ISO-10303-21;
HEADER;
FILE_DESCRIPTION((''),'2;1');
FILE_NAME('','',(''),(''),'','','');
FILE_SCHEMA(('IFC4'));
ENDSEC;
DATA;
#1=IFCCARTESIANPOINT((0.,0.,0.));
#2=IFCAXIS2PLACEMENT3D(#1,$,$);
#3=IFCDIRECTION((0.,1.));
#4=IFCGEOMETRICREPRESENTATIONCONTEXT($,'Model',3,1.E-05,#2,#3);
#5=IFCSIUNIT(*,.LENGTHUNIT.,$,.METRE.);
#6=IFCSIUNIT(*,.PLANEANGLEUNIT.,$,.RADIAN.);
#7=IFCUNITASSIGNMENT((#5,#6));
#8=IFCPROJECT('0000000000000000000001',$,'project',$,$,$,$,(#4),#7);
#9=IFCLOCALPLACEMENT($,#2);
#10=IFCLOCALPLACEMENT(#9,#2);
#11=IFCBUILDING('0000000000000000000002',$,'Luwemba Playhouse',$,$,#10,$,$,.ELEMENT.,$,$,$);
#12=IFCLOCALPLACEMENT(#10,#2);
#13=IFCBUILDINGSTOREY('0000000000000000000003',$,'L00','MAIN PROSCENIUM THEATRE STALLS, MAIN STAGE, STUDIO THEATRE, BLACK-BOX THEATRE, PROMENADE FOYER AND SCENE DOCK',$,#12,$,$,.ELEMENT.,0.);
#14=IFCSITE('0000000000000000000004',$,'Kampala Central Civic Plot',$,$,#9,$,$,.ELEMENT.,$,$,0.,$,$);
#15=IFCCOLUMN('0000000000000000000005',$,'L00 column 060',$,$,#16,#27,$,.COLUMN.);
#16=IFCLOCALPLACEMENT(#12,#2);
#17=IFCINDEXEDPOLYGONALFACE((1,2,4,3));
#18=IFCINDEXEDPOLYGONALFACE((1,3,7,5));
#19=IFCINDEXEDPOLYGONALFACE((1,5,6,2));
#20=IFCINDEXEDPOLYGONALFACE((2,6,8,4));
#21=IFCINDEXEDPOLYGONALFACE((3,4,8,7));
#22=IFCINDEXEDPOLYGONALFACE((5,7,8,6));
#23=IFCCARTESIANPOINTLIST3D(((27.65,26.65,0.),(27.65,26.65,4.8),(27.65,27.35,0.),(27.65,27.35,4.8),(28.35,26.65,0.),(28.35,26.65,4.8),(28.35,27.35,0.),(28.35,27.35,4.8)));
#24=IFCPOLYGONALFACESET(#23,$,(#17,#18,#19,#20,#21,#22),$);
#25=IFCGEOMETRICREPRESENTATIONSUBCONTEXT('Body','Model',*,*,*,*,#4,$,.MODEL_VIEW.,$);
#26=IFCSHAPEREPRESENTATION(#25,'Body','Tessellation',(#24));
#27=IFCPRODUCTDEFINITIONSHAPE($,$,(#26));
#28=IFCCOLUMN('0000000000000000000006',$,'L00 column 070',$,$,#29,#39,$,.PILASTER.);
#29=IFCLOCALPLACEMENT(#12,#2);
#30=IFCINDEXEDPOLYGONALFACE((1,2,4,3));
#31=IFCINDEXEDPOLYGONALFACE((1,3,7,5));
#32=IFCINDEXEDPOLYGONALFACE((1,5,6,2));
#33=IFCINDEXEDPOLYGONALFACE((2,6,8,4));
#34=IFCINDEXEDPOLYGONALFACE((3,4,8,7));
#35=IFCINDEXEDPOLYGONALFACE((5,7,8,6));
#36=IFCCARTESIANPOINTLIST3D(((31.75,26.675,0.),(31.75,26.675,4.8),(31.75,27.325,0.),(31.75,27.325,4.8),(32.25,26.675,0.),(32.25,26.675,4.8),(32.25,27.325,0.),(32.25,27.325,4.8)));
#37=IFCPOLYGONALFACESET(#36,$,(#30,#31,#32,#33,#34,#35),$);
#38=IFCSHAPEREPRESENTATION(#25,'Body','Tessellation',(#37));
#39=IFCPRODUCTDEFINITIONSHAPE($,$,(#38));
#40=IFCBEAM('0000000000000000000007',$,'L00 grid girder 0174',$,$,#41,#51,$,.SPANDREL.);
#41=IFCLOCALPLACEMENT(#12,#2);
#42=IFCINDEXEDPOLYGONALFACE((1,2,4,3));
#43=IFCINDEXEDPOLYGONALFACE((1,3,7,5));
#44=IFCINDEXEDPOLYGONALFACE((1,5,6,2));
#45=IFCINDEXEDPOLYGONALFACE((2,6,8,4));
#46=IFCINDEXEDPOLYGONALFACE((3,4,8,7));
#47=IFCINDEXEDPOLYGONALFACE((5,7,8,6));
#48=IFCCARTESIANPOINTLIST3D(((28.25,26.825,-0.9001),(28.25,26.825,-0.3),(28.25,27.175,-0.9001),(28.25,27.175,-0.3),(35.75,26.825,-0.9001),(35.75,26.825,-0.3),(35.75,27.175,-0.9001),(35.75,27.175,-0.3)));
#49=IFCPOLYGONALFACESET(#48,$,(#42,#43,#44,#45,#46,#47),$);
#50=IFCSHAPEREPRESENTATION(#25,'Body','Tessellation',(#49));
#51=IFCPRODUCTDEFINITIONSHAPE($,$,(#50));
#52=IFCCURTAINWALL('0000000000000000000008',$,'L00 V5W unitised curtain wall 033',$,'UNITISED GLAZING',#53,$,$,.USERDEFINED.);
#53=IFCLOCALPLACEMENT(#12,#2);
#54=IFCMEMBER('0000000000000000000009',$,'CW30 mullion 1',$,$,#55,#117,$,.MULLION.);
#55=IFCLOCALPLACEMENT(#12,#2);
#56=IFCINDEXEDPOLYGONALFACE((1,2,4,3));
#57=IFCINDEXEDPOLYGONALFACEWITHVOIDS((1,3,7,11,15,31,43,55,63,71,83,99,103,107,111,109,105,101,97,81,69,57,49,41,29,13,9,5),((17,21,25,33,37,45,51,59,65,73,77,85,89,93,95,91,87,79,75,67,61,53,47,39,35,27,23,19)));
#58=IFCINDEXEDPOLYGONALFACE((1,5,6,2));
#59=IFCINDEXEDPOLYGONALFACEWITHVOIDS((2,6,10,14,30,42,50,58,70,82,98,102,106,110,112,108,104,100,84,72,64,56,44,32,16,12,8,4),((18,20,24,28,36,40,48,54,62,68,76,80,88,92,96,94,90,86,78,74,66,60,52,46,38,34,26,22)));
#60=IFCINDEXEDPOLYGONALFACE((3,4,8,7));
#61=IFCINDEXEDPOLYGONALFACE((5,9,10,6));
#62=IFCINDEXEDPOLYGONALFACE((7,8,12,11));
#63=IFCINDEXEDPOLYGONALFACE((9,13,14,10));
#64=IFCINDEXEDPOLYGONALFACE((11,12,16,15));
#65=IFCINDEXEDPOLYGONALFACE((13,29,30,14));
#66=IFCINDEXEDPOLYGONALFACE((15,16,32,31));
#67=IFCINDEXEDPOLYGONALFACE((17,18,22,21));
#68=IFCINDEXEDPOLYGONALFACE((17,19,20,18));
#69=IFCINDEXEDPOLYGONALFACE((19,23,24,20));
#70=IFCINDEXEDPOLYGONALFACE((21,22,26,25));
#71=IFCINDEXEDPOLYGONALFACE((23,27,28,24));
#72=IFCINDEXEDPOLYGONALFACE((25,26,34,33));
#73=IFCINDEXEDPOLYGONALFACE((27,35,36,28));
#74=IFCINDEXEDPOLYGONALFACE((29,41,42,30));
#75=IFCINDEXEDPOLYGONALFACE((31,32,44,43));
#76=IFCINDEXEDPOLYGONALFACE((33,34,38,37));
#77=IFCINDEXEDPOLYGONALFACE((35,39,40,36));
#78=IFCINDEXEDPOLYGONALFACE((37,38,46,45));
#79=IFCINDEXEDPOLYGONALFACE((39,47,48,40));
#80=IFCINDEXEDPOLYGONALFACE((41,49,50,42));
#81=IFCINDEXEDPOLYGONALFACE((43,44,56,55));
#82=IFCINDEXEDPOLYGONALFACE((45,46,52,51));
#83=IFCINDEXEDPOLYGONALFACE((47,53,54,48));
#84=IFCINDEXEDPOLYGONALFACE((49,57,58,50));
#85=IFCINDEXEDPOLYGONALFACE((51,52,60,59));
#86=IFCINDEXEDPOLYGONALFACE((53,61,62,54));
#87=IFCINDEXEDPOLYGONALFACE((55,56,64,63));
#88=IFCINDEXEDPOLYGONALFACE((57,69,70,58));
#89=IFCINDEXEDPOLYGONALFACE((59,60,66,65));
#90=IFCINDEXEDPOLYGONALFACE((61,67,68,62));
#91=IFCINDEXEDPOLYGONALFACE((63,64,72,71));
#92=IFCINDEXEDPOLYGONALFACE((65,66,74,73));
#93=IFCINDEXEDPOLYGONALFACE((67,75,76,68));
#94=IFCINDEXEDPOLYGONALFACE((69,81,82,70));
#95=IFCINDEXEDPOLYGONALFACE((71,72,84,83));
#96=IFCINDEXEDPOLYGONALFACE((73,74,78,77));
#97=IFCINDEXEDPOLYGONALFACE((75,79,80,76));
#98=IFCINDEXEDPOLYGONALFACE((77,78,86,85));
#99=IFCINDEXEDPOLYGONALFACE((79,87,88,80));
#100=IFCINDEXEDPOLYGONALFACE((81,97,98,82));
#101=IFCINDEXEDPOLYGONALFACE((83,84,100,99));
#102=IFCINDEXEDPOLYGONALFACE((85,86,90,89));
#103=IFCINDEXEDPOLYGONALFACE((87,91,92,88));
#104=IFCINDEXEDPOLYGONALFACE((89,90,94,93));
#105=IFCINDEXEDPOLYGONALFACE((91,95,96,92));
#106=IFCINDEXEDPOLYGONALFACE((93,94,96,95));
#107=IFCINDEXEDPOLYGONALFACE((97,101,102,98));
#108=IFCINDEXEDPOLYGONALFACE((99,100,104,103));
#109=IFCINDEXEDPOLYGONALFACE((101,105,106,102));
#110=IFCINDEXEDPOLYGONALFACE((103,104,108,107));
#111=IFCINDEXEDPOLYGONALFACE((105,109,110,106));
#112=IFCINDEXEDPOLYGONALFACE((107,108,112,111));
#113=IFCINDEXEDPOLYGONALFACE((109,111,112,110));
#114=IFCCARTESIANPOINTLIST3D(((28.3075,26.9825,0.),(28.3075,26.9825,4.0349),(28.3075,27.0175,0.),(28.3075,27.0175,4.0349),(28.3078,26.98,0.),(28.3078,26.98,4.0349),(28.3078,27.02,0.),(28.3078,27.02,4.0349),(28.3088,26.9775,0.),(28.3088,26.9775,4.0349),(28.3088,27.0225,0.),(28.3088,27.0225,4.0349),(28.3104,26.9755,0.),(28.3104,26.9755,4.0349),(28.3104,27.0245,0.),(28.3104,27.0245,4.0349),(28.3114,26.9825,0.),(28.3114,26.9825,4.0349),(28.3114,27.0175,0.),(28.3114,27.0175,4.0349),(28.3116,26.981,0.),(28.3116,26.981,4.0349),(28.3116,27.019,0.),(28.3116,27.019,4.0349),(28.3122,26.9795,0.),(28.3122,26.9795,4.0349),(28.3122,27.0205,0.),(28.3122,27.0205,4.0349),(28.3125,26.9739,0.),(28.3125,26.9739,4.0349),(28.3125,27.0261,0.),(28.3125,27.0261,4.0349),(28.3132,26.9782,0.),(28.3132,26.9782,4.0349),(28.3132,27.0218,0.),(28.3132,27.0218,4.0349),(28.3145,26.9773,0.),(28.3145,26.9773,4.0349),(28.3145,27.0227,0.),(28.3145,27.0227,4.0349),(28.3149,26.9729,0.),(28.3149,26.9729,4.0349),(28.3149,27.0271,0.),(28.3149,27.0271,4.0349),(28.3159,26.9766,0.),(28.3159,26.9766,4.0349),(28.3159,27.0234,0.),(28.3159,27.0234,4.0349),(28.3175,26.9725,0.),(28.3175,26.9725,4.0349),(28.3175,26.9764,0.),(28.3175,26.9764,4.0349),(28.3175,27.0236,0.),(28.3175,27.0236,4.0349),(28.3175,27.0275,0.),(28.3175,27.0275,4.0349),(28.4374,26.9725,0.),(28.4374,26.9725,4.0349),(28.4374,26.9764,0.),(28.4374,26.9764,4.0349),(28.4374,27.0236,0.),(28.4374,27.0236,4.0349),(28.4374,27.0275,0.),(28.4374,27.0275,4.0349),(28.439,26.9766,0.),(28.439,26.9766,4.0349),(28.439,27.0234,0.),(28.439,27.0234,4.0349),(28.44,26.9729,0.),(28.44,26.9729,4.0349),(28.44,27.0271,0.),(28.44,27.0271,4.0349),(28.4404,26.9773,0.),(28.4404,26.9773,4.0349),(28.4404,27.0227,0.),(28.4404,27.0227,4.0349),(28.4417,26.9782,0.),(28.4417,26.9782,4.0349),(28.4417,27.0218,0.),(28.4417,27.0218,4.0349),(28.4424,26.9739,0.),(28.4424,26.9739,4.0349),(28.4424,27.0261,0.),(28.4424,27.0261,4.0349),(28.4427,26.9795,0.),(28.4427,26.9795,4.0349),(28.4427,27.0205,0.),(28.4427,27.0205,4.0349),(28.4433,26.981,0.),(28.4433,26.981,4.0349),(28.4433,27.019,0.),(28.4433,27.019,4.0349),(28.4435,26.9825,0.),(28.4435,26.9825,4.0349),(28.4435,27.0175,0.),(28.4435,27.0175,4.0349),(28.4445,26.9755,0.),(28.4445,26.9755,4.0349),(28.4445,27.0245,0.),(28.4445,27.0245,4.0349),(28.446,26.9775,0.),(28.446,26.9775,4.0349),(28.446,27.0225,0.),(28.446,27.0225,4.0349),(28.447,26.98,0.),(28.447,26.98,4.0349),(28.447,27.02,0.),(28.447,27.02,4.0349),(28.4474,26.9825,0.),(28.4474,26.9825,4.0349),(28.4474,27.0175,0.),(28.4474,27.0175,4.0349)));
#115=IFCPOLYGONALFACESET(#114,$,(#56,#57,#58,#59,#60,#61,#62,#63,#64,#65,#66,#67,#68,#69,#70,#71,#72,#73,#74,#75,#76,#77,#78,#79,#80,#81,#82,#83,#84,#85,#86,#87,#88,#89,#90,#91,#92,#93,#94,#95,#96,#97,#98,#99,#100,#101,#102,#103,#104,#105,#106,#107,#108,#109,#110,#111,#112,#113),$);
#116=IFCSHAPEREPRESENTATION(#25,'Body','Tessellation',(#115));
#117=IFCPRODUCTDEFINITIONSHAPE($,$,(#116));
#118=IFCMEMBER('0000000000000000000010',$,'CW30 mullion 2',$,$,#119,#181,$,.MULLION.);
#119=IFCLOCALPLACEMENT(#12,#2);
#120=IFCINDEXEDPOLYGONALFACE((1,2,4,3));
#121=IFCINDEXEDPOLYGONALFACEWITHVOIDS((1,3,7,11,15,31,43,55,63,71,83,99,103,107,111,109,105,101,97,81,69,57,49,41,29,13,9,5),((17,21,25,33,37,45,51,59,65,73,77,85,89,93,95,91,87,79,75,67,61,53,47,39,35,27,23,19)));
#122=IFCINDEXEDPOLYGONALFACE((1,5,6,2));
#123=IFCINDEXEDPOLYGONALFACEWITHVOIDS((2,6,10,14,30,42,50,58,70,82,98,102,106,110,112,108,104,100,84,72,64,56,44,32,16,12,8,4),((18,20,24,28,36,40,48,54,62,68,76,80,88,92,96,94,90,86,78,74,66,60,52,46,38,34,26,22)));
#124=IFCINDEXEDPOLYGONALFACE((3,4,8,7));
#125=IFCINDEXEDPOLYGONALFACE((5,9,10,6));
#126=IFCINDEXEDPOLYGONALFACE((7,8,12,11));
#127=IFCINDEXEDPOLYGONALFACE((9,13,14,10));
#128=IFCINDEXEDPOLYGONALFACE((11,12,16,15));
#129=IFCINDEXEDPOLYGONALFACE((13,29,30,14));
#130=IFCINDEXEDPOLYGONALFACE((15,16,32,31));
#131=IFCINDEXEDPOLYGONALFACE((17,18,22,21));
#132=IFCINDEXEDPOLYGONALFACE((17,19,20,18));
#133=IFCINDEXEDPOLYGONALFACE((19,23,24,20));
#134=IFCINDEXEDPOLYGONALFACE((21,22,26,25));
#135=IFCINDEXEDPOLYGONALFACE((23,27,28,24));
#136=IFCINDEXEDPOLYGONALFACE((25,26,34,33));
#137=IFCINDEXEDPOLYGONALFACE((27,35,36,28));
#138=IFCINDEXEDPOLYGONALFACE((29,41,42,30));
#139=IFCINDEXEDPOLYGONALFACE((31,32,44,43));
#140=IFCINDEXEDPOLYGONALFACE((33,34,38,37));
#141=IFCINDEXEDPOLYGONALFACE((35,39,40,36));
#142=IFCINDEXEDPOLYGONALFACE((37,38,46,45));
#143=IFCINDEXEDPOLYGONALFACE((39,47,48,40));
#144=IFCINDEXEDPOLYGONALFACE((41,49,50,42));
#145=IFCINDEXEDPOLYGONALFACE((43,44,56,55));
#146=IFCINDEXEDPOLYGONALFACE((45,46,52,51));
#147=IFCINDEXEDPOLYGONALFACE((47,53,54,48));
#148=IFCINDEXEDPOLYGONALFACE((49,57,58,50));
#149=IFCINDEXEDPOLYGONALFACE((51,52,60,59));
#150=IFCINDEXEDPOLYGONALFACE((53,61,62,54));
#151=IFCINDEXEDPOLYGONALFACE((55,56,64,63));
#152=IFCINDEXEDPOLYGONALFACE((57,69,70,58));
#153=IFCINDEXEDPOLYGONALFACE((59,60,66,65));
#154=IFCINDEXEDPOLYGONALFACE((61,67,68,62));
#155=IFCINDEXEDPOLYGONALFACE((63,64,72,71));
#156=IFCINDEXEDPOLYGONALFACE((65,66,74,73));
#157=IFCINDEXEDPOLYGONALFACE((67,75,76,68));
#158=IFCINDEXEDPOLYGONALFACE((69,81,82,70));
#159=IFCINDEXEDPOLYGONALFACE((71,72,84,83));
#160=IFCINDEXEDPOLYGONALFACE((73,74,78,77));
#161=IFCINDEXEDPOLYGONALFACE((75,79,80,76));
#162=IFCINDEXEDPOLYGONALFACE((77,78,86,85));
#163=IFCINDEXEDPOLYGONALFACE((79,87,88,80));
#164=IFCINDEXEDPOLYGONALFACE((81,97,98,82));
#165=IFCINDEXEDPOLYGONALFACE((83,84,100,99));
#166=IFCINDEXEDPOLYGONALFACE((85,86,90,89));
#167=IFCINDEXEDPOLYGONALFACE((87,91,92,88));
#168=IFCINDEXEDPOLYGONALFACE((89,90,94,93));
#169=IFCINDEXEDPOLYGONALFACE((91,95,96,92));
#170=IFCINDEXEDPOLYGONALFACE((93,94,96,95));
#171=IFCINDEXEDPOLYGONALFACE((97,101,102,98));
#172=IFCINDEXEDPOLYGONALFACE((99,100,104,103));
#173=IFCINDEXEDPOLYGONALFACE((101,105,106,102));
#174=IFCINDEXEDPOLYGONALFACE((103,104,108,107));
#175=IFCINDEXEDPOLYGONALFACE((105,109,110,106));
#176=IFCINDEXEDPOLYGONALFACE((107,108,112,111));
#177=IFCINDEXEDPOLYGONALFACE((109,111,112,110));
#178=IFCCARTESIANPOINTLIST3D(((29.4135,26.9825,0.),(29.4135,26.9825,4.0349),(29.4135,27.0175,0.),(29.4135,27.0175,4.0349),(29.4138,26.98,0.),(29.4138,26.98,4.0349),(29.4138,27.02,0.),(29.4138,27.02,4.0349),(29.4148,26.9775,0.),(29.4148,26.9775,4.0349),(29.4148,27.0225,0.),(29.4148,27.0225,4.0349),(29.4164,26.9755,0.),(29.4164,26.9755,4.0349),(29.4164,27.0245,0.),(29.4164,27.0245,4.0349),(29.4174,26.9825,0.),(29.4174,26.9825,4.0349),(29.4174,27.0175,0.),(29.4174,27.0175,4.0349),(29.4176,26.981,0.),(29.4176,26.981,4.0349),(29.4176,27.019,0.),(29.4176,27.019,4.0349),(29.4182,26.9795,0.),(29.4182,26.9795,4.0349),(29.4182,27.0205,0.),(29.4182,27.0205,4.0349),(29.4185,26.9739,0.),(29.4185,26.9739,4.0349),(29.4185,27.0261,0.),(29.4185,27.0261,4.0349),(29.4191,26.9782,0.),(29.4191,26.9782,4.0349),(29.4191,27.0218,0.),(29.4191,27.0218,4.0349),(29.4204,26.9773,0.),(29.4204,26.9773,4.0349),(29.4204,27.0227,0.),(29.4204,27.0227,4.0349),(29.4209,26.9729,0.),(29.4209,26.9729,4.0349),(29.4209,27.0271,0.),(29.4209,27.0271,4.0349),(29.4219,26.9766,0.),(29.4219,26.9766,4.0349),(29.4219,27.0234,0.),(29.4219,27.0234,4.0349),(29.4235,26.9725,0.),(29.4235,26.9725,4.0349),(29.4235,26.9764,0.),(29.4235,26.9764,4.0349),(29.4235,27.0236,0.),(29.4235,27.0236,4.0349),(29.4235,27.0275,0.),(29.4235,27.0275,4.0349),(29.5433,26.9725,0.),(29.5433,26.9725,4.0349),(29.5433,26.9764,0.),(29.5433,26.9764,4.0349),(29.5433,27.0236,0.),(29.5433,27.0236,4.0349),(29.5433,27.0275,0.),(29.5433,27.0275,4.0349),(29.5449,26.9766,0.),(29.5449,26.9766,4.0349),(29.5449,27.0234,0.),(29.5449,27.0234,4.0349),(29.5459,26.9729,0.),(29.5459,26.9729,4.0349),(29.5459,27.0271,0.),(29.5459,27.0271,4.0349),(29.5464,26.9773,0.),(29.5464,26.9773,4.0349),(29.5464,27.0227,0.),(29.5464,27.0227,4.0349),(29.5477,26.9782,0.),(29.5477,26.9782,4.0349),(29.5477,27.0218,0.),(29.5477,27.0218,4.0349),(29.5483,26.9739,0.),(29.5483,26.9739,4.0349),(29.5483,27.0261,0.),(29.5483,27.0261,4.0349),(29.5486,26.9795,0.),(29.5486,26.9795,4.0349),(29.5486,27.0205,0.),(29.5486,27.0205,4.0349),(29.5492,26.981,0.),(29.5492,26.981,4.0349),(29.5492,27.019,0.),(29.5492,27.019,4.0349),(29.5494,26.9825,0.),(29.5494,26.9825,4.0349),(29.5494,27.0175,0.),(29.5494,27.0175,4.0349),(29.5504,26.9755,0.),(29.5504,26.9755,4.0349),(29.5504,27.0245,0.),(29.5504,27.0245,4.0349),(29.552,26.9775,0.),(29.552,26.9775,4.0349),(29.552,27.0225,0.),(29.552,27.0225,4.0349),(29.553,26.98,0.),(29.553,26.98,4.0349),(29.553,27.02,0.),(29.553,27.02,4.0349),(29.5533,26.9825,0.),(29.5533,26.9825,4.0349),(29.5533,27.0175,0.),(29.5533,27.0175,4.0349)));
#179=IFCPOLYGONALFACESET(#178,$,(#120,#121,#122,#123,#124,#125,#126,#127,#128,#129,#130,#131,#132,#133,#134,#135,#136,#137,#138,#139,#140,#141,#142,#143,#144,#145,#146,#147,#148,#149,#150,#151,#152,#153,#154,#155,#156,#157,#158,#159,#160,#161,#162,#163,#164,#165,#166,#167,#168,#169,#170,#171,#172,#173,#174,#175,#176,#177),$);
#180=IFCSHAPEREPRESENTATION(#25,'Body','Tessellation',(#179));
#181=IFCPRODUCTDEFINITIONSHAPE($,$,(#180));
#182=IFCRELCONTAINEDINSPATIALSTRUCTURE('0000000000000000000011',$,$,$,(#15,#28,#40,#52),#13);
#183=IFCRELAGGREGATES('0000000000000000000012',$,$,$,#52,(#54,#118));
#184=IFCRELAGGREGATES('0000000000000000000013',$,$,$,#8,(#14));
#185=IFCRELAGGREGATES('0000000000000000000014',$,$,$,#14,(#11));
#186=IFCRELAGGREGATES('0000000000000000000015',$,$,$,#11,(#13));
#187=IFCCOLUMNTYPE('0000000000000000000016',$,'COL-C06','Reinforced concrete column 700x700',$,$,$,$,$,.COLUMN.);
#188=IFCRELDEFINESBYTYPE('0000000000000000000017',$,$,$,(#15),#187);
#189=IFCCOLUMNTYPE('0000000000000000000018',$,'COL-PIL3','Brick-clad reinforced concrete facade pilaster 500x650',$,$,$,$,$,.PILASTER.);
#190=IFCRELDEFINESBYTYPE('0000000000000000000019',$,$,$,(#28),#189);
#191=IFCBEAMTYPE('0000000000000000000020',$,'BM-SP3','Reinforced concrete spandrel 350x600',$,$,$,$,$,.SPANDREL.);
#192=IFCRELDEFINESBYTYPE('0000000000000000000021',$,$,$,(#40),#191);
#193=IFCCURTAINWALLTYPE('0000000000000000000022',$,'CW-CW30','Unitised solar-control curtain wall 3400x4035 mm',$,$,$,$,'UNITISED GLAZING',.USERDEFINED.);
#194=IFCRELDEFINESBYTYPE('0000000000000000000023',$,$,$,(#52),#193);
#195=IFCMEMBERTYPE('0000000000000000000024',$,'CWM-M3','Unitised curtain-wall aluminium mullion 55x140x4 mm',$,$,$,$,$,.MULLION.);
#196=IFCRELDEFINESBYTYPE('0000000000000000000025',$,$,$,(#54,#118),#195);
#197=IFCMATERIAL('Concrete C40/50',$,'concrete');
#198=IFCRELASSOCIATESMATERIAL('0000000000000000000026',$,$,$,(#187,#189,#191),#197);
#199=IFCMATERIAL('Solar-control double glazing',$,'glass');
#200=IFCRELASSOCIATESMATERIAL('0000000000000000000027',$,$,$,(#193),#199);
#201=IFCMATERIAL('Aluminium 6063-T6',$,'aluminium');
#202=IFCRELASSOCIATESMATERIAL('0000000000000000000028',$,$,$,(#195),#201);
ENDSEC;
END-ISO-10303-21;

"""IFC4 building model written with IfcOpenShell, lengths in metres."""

from ifc_helpers import new_model, si_unit, direction, frame, origin, origin_2d, place, context, subcontext, project, spatial, rectangle, hollow_rectangle, extrude, material, material_profile, profile_set, type_object, element, aggregate, save


model = new_model("IFC4")

# Units and contexts
model_context = context("Model", 3, precision=1e-05, world=origin(), true_north=direction((0.0, 1.0)))
body_context = subcontext(model_context, "Body", "Model", "MODEL_VIEW")
ifc_project = project(units=[si_unit("LENGTHUNIT", "METRE"), si_unit("PLANEANGLEUNIT", "RADIAN")], contexts=[model_context])

# Site, building, storey
site_placement = place(None, origin())
site = spatial("IfcSite", under=ifc_project, at=site_placement, Name="Kampala Central Civic Plot", CompositionType="ELEMENT", RefElevation=0.0)
building_placement = place(site_placement, origin())
building = spatial("IfcBuilding", under=site, at=building_placement, Name="Luwemba Playhouse", CompositionType="ELEMENT")
storey_placement = place(building_placement, origin())
storey = spatial("IfcBuildingStorey", under=building, at=storey_placement, Name="L00", Description="MAIN PROSCENIUM THEATRE STALLS, MAIN STAGE, STUDIO THEATRE, BLACK-BOX THEATRE, PROMENADE FOYER AND SCENE DOCK", CompositionType="ELEMENT", Elevation=0.0)

# Columns
ifc_material_1 = material(Name="Concrete C40/50", Category="concrete")
ifc_material_profile_1 = material_profile(ifc_material_1, rectangle(XDim=0.7, YDim=0.7, at=origin_2d()))
ifc_profile_set_1 = profile_set([ifc_material_profile_1], Name="Concrete C40/50")
column_type_1 = type_object("IfcColumnType", Name="COL-C06", Description="Reinforced concrete column 700x700", PredefinedType="COLUMN", material=ifc_profile_set_1)
column_1_placement = place(storey_placement, frame((28.0, 27.0, 0.0), z_axis=(0.0, 0.0, 1.0), x_axis=(1.0, 0.0, 0.0)))
element("IfcColumn", 1, at=column_1_placement, inside=storey, type_object=column_type_1, Name="L00 column 060", PredefinedType="COLUMN", context=body_context, shape_type="SweptSolid", body=[
    extrude(rectangle(XDim=0.7, YDim=0.7, at=origin_2d()), origin(), (0.0, 0.0, 1.0), 4.8),
])
ifc_material_profile_2 = material_profile(ifc_material_1, rectangle(XDim=0.5, YDim=0.6499, at=origin_2d()))
ifc_profile_set_2 = profile_set([ifc_material_profile_2], Name="Concrete C40/50")
column_type_2 = type_object("IfcColumnType", Name="COL-PIL3", Description="Brick-clad reinforced concrete facade pilaster 500x650", PredefinedType="PILASTER", material=ifc_profile_set_2)
column_2_placement = place(storey_placement, frame((32.0, 27.0, 0.0), z_axis=(0.0, 0.0, 1.0), x_axis=(1.0, 0.0, 0.0)))
element("IfcColumn", 2, at=column_2_placement, inside=storey, type_object=column_type_2, Name="L00 column 070", PredefinedType="PILASTER", context=body_context, shape_type="SweptSolid", body=[
    extrude(rectangle(XDim=0.5, YDim=0.6499, at=origin_2d()), origin(), (0.0, 0.0, 1.0), 4.8),
])

# Beam
ifc_material_profile_3 = material_profile(ifc_material_1, rectangle(XDim=0.3501, YDim=0.6001, at=origin_2d()))
ifc_profile_set_3 = profile_set([ifc_material_profile_3], Name="Concrete C40/50")
beam_type = type_object("IfcBeamType", Name="BM-SP3", Description="Reinforced concrete spandrel 350x600", PredefinedType="SPANDREL", material=ifc_profile_set_3)
beam_placement = place(storey_placement, frame((28.25, 27.0, -0.6001), z_axis=(1.0, 0.0, 0.0), x_axis=(0.0, 1.0, 0.0)))
element("IfcBeam", 3, at=beam_placement, inside=storey, type_object=beam_type, Name="L00 grid girder 0174", PredefinedType="SPANDREL", context=body_context, shape_type="SweptSolid", body=[
    extrude(rectangle(XDim=0.3501, YDim=0.6001, at=origin_2d()), origin(), (0.0, 0.0, 1.0), 7.5),
])

# Curtain wall, members
ifc_material_2 = material(Name="Solar-control double glazing", Category="glass")
curtain_wall_type = type_object("IfcCurtainWallType", Name="CW-CW30", Description="Unitised solar-control curtain wall 3400x4035 mm", ElementType="UNITISED GLAZING", PredefinedType="USERDEFINED", material=ifc_material_2)
curtain_wall_placement = place(storey_placement, origin())
curtain_wall = element("IfcCurtainWall", 4, at=curtain_wall_placement, inside=storey, type_object=curtain_wall_type, Name="L00 V5W unitised curtain wall 033", ObjectType="UNITISED GLAZING", PredefinedType="USERDEFINED")
ifc_material_3 = material(Name="Aluminium 6063-T6", Category="aluminium")
ifc_material_profile_4 = material_profile(ifc_material_3, hollow_rectangle(XDim=0.0549, YDim=0.1399, WallThickness=0.0039, InnerFilletRadius=0.0061, OuterFilletRadius=0.01, at=origin_2d()))
ifc_profile_set_4 = profile_set([ifc_material_profile_4], Name="Aluminium 6063-T6")
member_type_1 = type_object("IfcMemberType", Name="CWM-M3", Description="Unitised curtain-wall aluminium mullion 55x140x4 mm", PredefinedType="MULLION", material=ifc_profile_set_4)
member_1_placement = place(storey_placement, frame((28.3774, 27.0, 0.0), z_axis=(0.0, 0.0, 1.0), x_axis=(0.0, 1.0, 0.0)))
member_1 = element("IfcMember", 5, at=member_1_placement, type_object=member_type_1, Name="CW30 mullion 1", PredefinedType="MULLION", context=body_context, shape_type="SweptSolid", body=[
    extrude(hollow_rectangle(XDim=0.0549, YDim=0.1399, WallThickness=0.0039, InnerFilletRadius=0.0061, OuterFilletRadius=0.01, at=origin_2d()), origin(), (0.0, 0.0, 1.0), 4.0349),
])
member_2_placement = place(storey_placement, frame((29.4834, 27.0, 0.0), z_axis=(0.0, 0.0, 1.0), x_axis=(0.0, 1.0, 0.0)))
member_2 = element("IfcMember", 6, at=member_2_placement, type_object=member_type_1, Name="CW30 mullion 2", PredefinedType="MULLION", context=body_context, shape_type="SweptSolid", body=[
    extrude(hollow_rectangle(XDim=0.0549, YDim=0.1399, WallThickness=0.0039, InnerFilletRadius=0.0061, OuterFilletRadius=0.01, at=origin_2d()), origin(), (0.0, 0.0, 1.0), 4.0349),
])
aggregate(curtain_wall, [member_1, member_2])

save(model, "model.ifc")
